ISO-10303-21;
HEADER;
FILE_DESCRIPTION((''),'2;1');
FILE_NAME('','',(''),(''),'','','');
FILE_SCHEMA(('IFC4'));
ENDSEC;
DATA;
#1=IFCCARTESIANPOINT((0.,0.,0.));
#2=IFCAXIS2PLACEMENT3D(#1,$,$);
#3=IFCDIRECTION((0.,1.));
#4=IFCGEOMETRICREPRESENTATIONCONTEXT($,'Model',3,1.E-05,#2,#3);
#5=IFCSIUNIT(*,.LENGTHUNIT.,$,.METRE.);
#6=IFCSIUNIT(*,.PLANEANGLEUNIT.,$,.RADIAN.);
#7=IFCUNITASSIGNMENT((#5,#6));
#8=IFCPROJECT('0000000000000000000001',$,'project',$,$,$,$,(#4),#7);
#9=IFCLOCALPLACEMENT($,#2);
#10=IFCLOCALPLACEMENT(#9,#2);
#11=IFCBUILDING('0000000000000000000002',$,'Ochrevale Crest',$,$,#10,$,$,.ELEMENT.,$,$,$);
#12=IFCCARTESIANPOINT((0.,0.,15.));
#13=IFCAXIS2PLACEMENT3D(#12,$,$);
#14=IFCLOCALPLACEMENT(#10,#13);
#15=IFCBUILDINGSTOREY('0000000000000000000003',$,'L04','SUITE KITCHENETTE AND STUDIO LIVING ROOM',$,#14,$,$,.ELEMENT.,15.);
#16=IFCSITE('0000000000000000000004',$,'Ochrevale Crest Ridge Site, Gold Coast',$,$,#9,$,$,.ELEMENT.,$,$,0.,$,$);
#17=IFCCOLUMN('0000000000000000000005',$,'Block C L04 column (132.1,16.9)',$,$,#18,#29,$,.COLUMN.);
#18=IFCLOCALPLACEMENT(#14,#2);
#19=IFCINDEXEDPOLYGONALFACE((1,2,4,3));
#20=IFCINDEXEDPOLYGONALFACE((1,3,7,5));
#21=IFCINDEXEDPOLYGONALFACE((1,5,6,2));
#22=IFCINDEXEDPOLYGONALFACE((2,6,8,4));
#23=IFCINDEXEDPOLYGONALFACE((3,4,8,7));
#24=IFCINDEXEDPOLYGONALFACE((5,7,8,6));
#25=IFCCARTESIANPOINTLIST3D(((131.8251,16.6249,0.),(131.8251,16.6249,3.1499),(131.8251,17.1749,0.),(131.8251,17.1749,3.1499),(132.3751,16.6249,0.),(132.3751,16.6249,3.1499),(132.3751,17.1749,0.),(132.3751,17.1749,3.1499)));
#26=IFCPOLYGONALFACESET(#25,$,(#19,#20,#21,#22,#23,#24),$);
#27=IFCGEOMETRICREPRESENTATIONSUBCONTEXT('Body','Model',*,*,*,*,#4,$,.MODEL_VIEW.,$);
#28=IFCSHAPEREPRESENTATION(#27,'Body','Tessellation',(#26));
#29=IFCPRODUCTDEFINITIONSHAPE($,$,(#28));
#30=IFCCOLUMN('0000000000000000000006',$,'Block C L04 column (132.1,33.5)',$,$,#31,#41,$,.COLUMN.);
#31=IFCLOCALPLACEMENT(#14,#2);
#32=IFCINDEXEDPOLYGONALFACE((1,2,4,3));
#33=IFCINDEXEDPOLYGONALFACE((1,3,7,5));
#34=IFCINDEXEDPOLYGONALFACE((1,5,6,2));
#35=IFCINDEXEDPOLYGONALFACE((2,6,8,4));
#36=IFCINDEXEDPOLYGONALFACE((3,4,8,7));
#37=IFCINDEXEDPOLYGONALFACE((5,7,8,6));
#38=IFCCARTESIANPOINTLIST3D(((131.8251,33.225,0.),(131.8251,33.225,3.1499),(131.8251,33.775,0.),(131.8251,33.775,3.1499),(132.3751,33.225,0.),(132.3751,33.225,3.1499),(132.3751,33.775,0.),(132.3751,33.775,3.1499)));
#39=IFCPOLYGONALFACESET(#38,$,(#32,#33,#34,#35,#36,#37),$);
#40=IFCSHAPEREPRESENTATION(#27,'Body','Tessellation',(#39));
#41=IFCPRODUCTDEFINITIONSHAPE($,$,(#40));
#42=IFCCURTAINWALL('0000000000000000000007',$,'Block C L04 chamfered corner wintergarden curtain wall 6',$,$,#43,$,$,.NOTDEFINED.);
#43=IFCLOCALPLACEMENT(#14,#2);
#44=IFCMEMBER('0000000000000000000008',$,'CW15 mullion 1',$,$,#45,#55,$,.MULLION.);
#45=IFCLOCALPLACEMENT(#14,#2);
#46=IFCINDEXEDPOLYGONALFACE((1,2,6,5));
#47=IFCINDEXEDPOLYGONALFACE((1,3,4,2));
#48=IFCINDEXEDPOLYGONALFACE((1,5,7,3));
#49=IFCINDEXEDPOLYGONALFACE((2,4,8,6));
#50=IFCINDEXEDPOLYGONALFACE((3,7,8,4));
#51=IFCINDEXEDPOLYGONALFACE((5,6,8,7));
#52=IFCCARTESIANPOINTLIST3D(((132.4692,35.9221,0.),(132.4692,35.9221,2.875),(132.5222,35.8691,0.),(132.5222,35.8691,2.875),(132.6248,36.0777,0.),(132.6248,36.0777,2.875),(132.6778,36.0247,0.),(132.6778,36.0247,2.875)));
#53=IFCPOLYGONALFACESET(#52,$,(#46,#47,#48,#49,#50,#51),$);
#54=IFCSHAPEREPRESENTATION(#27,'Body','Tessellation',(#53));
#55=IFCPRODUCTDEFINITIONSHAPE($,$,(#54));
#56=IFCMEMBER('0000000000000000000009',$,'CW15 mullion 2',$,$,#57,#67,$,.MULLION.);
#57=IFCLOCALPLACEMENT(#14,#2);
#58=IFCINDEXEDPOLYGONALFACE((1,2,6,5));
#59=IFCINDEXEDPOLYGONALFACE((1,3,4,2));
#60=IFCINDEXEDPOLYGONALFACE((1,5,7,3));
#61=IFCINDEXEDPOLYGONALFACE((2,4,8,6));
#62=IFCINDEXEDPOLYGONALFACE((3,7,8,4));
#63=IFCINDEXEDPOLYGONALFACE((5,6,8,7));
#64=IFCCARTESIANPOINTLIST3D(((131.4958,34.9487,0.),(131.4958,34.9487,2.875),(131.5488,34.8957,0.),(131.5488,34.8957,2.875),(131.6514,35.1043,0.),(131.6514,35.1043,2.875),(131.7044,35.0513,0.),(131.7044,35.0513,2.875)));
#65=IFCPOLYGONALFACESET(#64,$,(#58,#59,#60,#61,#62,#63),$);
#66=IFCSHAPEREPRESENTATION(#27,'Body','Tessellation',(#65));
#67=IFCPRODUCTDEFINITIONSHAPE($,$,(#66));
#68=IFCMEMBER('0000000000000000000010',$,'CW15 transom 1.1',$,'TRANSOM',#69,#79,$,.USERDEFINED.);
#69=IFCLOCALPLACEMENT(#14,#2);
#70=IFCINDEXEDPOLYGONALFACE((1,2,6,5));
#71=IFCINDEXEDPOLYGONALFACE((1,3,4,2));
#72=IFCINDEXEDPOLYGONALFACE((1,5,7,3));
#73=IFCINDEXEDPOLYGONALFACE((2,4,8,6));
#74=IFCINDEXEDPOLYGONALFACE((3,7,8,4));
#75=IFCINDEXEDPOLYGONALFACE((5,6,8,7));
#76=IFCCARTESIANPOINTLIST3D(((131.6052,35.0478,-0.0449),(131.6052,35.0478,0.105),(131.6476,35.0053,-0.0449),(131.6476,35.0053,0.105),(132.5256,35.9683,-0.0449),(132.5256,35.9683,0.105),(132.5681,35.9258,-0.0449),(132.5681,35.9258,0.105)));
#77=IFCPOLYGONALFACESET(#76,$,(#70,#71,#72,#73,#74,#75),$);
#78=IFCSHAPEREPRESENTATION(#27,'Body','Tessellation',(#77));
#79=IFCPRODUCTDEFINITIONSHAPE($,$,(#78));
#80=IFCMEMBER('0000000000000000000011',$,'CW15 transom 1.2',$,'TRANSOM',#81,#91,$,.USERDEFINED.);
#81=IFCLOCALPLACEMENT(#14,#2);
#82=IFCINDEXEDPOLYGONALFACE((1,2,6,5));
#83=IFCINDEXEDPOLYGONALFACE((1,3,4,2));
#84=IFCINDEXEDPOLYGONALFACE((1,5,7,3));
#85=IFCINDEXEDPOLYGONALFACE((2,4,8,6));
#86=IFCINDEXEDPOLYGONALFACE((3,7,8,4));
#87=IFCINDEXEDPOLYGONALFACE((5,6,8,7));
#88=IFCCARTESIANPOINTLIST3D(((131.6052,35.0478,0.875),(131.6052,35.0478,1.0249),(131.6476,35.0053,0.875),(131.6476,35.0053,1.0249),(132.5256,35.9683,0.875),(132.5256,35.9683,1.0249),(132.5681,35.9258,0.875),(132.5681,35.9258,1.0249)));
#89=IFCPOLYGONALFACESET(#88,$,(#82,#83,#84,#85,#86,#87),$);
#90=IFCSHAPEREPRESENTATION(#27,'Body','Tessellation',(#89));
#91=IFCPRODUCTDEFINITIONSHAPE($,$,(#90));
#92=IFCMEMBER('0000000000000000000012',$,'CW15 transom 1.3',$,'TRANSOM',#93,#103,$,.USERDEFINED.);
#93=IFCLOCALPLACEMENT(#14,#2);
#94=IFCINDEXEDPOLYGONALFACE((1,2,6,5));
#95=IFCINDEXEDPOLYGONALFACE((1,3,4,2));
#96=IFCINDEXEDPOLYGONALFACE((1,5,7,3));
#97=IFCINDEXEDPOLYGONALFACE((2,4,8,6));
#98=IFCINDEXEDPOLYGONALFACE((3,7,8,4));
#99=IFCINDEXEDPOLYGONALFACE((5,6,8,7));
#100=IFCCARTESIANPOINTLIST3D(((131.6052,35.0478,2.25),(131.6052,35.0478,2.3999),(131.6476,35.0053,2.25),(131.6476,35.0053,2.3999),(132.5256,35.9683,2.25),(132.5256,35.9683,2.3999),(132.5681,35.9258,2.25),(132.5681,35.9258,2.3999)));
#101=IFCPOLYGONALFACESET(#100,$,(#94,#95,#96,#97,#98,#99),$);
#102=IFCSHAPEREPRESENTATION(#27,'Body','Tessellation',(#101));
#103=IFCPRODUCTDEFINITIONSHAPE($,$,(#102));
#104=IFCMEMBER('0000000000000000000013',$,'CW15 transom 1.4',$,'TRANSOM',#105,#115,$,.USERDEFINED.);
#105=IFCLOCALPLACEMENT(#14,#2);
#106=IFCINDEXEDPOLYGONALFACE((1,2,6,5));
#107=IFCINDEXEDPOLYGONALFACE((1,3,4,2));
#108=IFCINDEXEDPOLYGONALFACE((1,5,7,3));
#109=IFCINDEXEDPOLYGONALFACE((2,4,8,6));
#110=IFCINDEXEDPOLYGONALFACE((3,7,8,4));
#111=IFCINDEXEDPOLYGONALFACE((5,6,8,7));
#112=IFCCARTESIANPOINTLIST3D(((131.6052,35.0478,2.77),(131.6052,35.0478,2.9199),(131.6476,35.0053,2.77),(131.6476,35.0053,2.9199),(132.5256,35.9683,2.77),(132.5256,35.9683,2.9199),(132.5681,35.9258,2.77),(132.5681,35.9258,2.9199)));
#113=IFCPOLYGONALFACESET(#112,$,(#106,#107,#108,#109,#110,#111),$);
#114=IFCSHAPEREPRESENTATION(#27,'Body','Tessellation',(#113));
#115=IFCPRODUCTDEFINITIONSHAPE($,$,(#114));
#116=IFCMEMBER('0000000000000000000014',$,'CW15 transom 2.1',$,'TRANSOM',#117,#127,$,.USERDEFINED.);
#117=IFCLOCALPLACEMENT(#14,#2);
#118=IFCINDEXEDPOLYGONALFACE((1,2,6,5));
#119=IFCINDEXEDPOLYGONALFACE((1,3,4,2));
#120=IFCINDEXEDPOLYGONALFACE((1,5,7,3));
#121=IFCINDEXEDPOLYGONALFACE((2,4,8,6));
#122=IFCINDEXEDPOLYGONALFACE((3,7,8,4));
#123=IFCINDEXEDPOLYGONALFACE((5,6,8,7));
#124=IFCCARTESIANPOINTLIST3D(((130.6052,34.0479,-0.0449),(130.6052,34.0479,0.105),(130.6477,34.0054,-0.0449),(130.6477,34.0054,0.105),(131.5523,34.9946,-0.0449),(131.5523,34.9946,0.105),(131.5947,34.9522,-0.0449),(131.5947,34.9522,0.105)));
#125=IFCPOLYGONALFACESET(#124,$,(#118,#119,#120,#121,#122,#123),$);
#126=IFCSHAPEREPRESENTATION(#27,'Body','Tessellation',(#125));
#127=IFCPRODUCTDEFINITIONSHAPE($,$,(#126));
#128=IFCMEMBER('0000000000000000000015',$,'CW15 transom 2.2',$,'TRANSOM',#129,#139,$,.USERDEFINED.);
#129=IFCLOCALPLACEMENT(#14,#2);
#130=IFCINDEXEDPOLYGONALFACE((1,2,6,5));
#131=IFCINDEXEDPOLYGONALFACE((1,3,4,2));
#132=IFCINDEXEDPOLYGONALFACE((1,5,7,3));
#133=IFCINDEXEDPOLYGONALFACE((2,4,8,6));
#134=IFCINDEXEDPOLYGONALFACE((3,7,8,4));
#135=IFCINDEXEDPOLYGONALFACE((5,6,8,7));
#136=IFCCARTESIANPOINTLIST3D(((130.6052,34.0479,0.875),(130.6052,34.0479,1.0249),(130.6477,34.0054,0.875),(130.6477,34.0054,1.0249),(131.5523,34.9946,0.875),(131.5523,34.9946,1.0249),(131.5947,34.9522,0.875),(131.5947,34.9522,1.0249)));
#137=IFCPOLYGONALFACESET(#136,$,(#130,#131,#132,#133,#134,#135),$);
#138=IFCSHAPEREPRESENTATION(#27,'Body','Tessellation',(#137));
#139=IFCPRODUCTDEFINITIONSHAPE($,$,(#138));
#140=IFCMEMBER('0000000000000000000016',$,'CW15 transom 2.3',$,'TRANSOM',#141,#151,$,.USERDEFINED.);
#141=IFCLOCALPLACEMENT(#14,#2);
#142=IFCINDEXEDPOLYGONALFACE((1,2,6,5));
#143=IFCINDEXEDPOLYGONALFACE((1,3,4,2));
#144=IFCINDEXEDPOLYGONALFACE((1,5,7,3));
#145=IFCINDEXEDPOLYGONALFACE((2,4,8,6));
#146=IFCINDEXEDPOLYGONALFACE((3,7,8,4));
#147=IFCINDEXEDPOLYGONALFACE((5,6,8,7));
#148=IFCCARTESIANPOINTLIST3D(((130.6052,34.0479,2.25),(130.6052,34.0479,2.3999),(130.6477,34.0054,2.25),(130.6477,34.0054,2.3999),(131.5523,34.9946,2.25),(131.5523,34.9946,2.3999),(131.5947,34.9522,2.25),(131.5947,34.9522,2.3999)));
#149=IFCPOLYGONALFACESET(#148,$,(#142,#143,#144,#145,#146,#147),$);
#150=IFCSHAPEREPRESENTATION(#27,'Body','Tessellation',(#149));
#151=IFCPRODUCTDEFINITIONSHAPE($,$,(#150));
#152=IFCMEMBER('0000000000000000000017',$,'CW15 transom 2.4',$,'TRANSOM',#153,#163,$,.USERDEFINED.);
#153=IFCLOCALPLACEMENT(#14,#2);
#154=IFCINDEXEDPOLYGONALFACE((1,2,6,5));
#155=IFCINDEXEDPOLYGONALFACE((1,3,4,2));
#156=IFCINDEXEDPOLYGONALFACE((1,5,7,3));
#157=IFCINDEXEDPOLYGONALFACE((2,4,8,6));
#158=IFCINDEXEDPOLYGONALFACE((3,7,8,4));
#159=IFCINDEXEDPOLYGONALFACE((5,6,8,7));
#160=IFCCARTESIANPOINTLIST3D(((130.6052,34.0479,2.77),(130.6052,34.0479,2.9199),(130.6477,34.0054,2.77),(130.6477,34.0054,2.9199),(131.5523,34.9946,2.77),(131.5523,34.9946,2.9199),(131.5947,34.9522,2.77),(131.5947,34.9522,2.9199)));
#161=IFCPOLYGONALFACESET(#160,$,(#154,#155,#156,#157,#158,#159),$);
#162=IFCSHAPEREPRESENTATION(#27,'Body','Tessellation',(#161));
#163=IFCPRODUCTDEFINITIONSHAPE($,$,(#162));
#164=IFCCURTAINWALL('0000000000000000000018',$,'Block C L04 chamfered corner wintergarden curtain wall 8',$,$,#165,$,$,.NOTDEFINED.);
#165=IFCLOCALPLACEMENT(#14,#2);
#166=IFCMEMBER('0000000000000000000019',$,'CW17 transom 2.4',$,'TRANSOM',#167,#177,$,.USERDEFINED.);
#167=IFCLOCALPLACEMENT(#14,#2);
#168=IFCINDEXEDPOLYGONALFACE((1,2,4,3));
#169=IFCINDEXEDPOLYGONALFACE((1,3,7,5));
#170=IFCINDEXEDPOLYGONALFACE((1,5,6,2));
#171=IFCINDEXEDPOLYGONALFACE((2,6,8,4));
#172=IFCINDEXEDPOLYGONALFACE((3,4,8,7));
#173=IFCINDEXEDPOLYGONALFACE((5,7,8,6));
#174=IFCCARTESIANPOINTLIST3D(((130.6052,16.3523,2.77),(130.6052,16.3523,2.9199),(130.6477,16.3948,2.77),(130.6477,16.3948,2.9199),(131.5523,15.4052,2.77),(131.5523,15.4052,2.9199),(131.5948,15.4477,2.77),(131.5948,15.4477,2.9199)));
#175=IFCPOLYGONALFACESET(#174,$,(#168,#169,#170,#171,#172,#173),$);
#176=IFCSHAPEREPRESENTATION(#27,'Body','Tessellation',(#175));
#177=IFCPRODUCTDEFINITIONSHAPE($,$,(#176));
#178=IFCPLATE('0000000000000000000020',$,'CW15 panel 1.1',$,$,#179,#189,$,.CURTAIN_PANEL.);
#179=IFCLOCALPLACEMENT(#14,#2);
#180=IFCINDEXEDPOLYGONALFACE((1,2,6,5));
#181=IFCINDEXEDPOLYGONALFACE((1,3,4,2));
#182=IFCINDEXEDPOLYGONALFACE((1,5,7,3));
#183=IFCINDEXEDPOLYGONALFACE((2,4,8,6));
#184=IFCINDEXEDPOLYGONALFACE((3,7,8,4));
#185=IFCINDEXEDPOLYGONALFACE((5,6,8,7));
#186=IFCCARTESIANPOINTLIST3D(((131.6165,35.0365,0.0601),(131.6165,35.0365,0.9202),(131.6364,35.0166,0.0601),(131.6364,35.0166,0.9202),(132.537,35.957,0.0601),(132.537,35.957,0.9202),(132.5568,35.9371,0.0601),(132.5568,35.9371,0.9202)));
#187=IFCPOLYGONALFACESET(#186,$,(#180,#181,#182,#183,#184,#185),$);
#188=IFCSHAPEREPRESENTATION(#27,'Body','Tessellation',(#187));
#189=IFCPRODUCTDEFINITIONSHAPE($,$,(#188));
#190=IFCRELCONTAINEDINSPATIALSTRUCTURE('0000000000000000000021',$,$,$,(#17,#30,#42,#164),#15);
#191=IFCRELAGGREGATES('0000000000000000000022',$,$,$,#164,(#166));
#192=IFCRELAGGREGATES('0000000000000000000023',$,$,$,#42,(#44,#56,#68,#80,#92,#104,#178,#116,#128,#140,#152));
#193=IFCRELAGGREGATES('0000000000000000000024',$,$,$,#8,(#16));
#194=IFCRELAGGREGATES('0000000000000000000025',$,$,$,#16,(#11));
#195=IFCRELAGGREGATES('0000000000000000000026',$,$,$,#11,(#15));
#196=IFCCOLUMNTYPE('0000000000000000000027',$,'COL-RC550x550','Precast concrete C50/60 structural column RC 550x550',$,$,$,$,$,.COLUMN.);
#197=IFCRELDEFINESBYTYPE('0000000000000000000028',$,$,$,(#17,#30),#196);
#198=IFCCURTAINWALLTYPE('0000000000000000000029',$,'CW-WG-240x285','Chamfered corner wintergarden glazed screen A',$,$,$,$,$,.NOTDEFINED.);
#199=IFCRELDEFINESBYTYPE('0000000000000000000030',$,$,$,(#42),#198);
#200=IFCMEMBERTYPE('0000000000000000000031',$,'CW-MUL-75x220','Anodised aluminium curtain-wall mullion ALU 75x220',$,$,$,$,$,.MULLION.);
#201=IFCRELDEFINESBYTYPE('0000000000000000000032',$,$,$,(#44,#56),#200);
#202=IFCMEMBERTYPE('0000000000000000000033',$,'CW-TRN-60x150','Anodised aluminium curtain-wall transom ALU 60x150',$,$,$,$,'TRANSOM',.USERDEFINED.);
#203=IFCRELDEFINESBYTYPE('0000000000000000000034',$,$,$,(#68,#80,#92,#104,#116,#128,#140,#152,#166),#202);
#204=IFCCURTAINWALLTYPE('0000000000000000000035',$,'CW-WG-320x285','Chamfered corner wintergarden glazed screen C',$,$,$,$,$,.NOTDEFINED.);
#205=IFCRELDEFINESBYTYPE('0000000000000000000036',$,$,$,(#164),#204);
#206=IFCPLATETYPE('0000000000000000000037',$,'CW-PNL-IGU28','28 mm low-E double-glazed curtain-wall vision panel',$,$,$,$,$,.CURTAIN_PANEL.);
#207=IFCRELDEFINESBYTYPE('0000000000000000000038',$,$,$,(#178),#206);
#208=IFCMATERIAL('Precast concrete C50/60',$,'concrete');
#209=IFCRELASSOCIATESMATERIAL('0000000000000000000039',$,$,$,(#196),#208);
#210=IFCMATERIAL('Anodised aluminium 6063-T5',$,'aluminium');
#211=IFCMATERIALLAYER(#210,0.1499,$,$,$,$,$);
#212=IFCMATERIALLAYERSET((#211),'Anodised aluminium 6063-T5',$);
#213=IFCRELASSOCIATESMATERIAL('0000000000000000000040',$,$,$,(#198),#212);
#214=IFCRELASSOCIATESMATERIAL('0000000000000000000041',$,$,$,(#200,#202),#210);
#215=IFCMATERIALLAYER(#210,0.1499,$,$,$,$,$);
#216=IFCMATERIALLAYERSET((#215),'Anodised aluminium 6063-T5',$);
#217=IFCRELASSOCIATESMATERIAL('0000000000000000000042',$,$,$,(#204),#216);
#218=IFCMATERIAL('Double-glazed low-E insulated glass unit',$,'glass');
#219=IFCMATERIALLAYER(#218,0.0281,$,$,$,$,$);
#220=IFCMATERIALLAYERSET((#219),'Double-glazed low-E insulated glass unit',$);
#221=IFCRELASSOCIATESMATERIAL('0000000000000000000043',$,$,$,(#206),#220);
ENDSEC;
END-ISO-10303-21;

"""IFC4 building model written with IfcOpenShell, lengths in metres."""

from ifc_helpers import new_model, si_unit, direction, frame, origin, origin_2d, place, context, subcontext, project, spatial, rectangle, extrude, material, layer, layer_set, material_profile, profile_set, type_object, element, aggregate, save


model = new_model("IFC4")

# Units and contexts
model_context = context("Model", 3, precision=1e-05, world=origin(), true_north=direction((0.0, 1.0)))
body_context = subcontext(model_context, "Body", "Model", "MODEL_VIEW")
ifc_project = project(units=[si_unit("LENGTHUNIT", "METRE"), si_unit("PLANEANGLEUNIT", "RADIAN")], contexts=[model_context])

# Site, building, storey
site_placement = place(None, origin())
site = spatial("IfcSite", under=ifc_project, at=site_placement, Name="Ochrevale Crest Ridge Site, Gold Coast", CompositionType="ELEMENT", RefElevation=0.0)
building_placement = place(site_placement, origin())
building = spatial("IfcBuilding", under=site, at=building_placement, Name="Ochrevale Crest", CompositionType="ELEMENT")
storey_placement = place(building_placement, frame((0.0, 0.0, 15.0)))
storey = spatial("IfcBuildingStorey", under=building, at=storey_placement, Name="L04", Description="SUITE KITCHENETTE AND STUDIO LIVING ROOM", CompositionType="ELEMENT", Elevation=15.0)

# Columns
ifc_material_1 = material(Name="Precast concrete C50/60", Category="concrete")
ifc_material_profile_1 = material_profile(ifc_material_1, rectangle(XDim=0.55, YDim=0.55, at=origin_2d()), Name="RC 550x550")
ifc_profile_set_1 = profile_set([ifc_material_profile_1], Name="Precast concrete C50/60")
column_type = type_object("IfcColumnType", Name="COL-RC550x550", Description="Precast concrete C50/60 structural column RC 550x550", PredefinedType="COLUMN", material=ifc_profile_set_1)
for number, where, z_axis, x_axis, name in (
    (1, (132.1001, 16.8999, 0.0), (0.0, 0.0, 1.0), (1.0, 0.0, 0.0), "Block C L04 column (132.1,16.9)"),
    (2, (132.1001, 33.5, 0.0), (0.0, 0.0, 1.0), (1.0, 0.0, 0.0), "Block C L04 column (132.1,33.5)"),
):
    element("IfcColumn", number, at=place(storey_placement, frame(where, z_axis=z_axis, x_axis=x_axis)), inside=storey, type_object=column_type, Name=name, PredefinedType="COLUMN", context=body_context, shape_type="SweptSolid", body=[
        extrude(rectangle(XDim=0.55, YDim=0.55, at=origin_2d()), origin(), (0.0, 0.0, 1.0), 3.1499),
    ])

# Curtain wall, members
ifc_material_2 = material(Name="Anodised aluminium 6063-T5", Category="aluminium")
ifc_layer_1 = layer(ifc_material_2, 0.1499)
ifc_layer_set_1 = layer_set([ifc_layer_1], Name="Anodised aluminium 6063-T5")
curtain_wall_type_1 = type_object("IfcCurtainWallType", Name="CW-WG-240x285", Description="Chamfered corner wintergarden glazed screen A", PredefinedType="NOTDEFINED", material=ifc_layer_set_1)
curtain_wall_1_placement = place(storey_placement, origin())
curtain_wall_1 = element("IfcCurtainWall", 3, at=curtain_wall_1_placement, inside=storey, type_object=curtain_wall_type_1, Name="Block C L04 chamfered corner wintergarden curtain wall 6", PredefinedType="NOTDEFINED")
ifc_material_profile_2 = material_profile(ifc_material_2, rectangle(XDim=0.075, YDim=0.22, at=origin_2d()), Name="ALU 75x220")
ifc_profile_set_2 = profile_set([ifc_material_profile_2], Name="Anodised aluminium 6063-T5")
member_type_1 = type_object("IfcMemberType", Name="CW-MUL-75x220", Description="Anodised aluminium curtain-wall mullion ALU 75x220", PredefinedType="MULLION", material=ifc_profile_set_2)
member_1_placement = place(storey_placement, frame((132.5735, 35.9734, 0.0), z_axis=(0.0, 0.0, 1.0), x_axis=(0.707107, -0.707107, 0.0)))
member_1 = element("IfcMember", 4, at=member_1_placement, type_object=member_type_1, Name="CW15 mullion 1", PredefinedType="MULLION", context=body_context, shape_type="SweptSolid", body=[
    extrude(rectangle(XDim=0.075, YDim=0.22, at=origin_2d()), origin(), (0.0, 0.0, 1.0), 2.875),
])
member_2_placement = place(storey_placement, frame((131.6001, 35.0, 0.0), z_axis=(0.0, 0.0, 1.0), x_axis=(0.707107, -0.707107, 0.0)))
member_2 = element("IfcMember", 5, at=member_2_placement, type_object=member_type_1, Name="CW15 mullion 2", PredefinedType="MULLION", context=body_context, shape_type="SweptSolid", body=[
    extrude(rectangle(XDim=0.075, YDim=0.22, at=origin_2d()), origin(), (0.0, 0.0, 1.0), 2.875),
])
ifc_material_profile_3 = material_profile(ifc_material_2, rectangle(XDim=0.0601, YDim=0.1499, at=origin_2d()), Name="ALU 60x150")
ifc_profile_set_3 = profile_set([ifc_material_profile_3], Name="Anodised aluminium 6063-T5")
member_type_2 = type_object("IfcMemberType", Name="CW-TRN-60x150", Description="Anodised aluminium curtain-wall transom ALU 60x150", ElementType="TRANSOM", PredefinedType="USERDEFINED", material=ifc_profile_set_3)
member_3_placement = place(storey_placement, frame((132.5469, 35.947, 0.03), z_axis=(-0.707107, -0.707107, 0.0), x_axis=(0.707107, -0.707107, 0.0)))
member_3 = element("IfcMember", 6, at=member_3_placement, type_object=member_type_2, Name="CW15 transom 1.1", ObjectType="TRANSOM", PredefinedType="USERDEFINED", context=body_context, shape_type="SweptSolid", body=[
    extrude(rectangle(XDim=0.0601, YDim=0.1499, at=origin_2d()), origin(), (0.0, 0.0, 1.0), 1.3018),
])
member_4_placement = place(storey_placement, frame((132.5469, 35.947, 0.95), z_axis=(-0.707107, -0.707107, 0.0), x_axis=(0.707107, -0.707107, 0.0)))
member_4 = element("IfcMember", 7, at=member_4_placement, type_object=member_type_2, Name="CW15 transom 1.2", ObjectType="TRANSOM", PredefinedType="USERDEFINED", context=body_context, shape_type="SweptSolid", body=[
    extrude(rectangle(XDim=0.0601, YDim=0.1499, at=origin_2d()), origin(), (0.0, 0.0, 1.0), 1.3018),
])
member_5_placement = place(storey_placement, frame((132.5469, 35.947, 2.325), z_axis=(-0.707107, -0.707107, 0.0), x_axis=(0.707107, -0.707107, 0.0)))
member_5 = element("IfcMember", 8, at=member_5_placement, type_object=member_type_2, Name="CW15 transom 1.3", ObjectType="TRANSOM", PredefinedType="USERDEFINED", context=body_context, shape_type="SweptSolid", body=[
    extrude(rectangle(XDim=0.0601, YDim=0.1499, at=origin_2d()), origin(), (0.0, 0.0, 1.0), 1.3018),
])
member_6_placement = place(storey_placement, frame((132.5469, 35.947, 2.845), z_axis=(-0.707107, -0.707107, 0.0), x_axis=(0.707107, -0.707107, 0.0)))
member_6 = element("IfcMember", 9, at=member_6_placement, type_object=member_type_2, Name="CW15 transom 1.4", ObjectType="TRANSOM", PredefinedType="USERDEFINED", context=body_context, shape_type="SweptSolid", body=[
    extrude(rectangle(XDim=0.0601, YDim=0.1499, at=origin_2d()), origin(), (0.0, 0.0, 1.0), 1.3018),
])
member_7_placement = place(storey_placement, frame((131.5735, 34.9734, 0.03), z_axis=(-0.707198, -0.707016, 0.0), x_axis=(0.707016, -0.707198, 0.0)))
member_7 = element("IfcMember", 10, at=member_7_placement, type_object=member_type_2, Name="CW15 transom 2.1", ObjectType="TRANSOM", PredefinedType="USERDEFINED", context=body_context, shape_type="SweptSolid", body=[
    extrude(rectangle(XDim=0.0601, YDim=0.1499, at=origin_2d()), origin(), (0.0, 0.0, 1.0), 1.3391),
])
member_8_placement = place(storey_placement, frame((131.5735, 34.9734, 0.95), z_axis=(-0.707198, -0.707016, 0.0), x_axis=(0.707016, -0.707198, 0.0)))
member_8 = element("IfcMember", 11, at=member_8_placement, type_object=member_type_2, Name="CW15 transom 2.2", ObjectType="TRANSOM", PredefinedType="USERDEFINED", context=body_context, shape_type="SweptSolid", body=[
    extrude(rectangle(XDim=0.0601, YDim=0.1499, at=origin_2d()), origin(), (0.0, 0.0, 1.0), 1.3391),
])
member_9_placement = place(storey_placement, frame((131.5735, 34.9734, 2.325), z_axis=(-0.707198, -0.707016, 0.0), x_axis=(0.707016, -0.707198, 0.0)))
member_9 = element("IfcMember", 12, at=member_9_placement, type_object=member_type_2, Name="CW15 transom 2.3", ObjectType="TRANSOM", PredefinedType="USERDEFINED", context=body_context, shape_type="SweptSolid", body=[
    extrude(rectangle(XDim=0.0601, YDim=0.1499, at=origin_2d()), origin(), (0.0, 0.0, 1.0), 1.3391),
])
member_10_placement = place(storey_placement, frame((131.5735, 34.9734, 2.845), z_axis=(-0.707198, -0.707016, 0.0), x_axis=(0.707016, -0.707198, 0.0)))
member_10 = element("IfcMember", 13, at=member_10_placement, type_object=member_type_2, Name="CW15 transom 2.4", ObjectType="TRANSOM", PredefinedType="USERDEFINED", context=body_context, shape_type="SweptSolid", body=[
    extrude(rectangle(XDim=0.0601, YDim=0.1499, at=origin_2d()), origin(), (0.0, 0.0, 1.0), 1.3391),
])

# Curtain wall, member
ifc_layer_2 = layer(ifc_material_2, 0.1499)
ifc_layer_set_2 = layer_set([ifc_layer_2], Name="Anodised aluminium 6063-T5")
curtain_wall_type_2 = type_object("IfcCurtainWallType", Name="CW-WG-320x285", Description="Chamfered corner wintergarden glazed screen C", PredefinedType="NOTDEFINED", material=ifc_layer_set_2)
curtain_wall_2_placement = place(storey_placement, origin())
curtain_wall_2 = element("IfcCurtainWall", 14, at=curtain_wall_2_placement, inside=storey, type_object=curtain_wall_type_2, Name="Block C L04 chamfered corner wintergarden curtain wall 8", PredefinedType="NOTDEFINED")
member_11_placement = place(storey_placement, frame((130.6265, 16.3735, 2.845), z_axis=(0.707107, -0.707107, 0.0), x_axis=(0.707107, 0.707107, 0.0)))
member_11 = element("IfcMember", 15, at=member_11_placement, type_object=member_type_2, Name="CW17 transom 2.4", ObjectType="TRANSOM", PredefinedType="USERDEFINED", context=body_context, shape_type="SweptSolid", body=[
    extrude(rectangle(XDim=0.0601, YDim=0.1499, at=origin_2d()), origin(), (0.0, 0.0, 1.0), 1.3394),
])
aggregate(curtain_wall_2, [member_11])

# Plate
ifc_material_3 = material(Name="Double-glazed low-E insulated glass unit", Category="glass")
ifc_layer_3 = layer(ifc_material_3, 0.0281)
ifc_layer_set_3 = layer_set([ifc_layer_3], Name="Double-glazed low-E insulated glass unit")
plate_type = type_object("IfcPlateType", Name="CW-PNL-IGU28", Description="28 mm low-E double-glazed curtain-wall vision panel", PredefinedType="CURTAIN_PANEL", material=ifc_layer_set_3)
plate_1_placement = place(storey_placement, frame((132.0867, 35.4868, 0.0601), z_axis=(0.0, 0.0, 1.0), x_axis=(-0.707107, -0.707107, 0.0)))
plate_1 = element("IfcPlate", 16, at=plate_1_placement, type_object=plate_type, Name="CW15 panel 1.1", PredefinedType="CURTAIN_PANEL", context=body_context, shape_type="SweptSolid", body=[
    extrude(rectangle(XDim=1.3018, YDim=0.0281, at=origin_2d()), origin(), (0.0, 0.0, 1.0), 0.8601),
])
aggregate(curtain_wall_1, [member_1, member_2, member_3, member_4, member_5, member_6, plate_1, member_7, member_8, member_9, member_10])

save(model, "model.ifc")
